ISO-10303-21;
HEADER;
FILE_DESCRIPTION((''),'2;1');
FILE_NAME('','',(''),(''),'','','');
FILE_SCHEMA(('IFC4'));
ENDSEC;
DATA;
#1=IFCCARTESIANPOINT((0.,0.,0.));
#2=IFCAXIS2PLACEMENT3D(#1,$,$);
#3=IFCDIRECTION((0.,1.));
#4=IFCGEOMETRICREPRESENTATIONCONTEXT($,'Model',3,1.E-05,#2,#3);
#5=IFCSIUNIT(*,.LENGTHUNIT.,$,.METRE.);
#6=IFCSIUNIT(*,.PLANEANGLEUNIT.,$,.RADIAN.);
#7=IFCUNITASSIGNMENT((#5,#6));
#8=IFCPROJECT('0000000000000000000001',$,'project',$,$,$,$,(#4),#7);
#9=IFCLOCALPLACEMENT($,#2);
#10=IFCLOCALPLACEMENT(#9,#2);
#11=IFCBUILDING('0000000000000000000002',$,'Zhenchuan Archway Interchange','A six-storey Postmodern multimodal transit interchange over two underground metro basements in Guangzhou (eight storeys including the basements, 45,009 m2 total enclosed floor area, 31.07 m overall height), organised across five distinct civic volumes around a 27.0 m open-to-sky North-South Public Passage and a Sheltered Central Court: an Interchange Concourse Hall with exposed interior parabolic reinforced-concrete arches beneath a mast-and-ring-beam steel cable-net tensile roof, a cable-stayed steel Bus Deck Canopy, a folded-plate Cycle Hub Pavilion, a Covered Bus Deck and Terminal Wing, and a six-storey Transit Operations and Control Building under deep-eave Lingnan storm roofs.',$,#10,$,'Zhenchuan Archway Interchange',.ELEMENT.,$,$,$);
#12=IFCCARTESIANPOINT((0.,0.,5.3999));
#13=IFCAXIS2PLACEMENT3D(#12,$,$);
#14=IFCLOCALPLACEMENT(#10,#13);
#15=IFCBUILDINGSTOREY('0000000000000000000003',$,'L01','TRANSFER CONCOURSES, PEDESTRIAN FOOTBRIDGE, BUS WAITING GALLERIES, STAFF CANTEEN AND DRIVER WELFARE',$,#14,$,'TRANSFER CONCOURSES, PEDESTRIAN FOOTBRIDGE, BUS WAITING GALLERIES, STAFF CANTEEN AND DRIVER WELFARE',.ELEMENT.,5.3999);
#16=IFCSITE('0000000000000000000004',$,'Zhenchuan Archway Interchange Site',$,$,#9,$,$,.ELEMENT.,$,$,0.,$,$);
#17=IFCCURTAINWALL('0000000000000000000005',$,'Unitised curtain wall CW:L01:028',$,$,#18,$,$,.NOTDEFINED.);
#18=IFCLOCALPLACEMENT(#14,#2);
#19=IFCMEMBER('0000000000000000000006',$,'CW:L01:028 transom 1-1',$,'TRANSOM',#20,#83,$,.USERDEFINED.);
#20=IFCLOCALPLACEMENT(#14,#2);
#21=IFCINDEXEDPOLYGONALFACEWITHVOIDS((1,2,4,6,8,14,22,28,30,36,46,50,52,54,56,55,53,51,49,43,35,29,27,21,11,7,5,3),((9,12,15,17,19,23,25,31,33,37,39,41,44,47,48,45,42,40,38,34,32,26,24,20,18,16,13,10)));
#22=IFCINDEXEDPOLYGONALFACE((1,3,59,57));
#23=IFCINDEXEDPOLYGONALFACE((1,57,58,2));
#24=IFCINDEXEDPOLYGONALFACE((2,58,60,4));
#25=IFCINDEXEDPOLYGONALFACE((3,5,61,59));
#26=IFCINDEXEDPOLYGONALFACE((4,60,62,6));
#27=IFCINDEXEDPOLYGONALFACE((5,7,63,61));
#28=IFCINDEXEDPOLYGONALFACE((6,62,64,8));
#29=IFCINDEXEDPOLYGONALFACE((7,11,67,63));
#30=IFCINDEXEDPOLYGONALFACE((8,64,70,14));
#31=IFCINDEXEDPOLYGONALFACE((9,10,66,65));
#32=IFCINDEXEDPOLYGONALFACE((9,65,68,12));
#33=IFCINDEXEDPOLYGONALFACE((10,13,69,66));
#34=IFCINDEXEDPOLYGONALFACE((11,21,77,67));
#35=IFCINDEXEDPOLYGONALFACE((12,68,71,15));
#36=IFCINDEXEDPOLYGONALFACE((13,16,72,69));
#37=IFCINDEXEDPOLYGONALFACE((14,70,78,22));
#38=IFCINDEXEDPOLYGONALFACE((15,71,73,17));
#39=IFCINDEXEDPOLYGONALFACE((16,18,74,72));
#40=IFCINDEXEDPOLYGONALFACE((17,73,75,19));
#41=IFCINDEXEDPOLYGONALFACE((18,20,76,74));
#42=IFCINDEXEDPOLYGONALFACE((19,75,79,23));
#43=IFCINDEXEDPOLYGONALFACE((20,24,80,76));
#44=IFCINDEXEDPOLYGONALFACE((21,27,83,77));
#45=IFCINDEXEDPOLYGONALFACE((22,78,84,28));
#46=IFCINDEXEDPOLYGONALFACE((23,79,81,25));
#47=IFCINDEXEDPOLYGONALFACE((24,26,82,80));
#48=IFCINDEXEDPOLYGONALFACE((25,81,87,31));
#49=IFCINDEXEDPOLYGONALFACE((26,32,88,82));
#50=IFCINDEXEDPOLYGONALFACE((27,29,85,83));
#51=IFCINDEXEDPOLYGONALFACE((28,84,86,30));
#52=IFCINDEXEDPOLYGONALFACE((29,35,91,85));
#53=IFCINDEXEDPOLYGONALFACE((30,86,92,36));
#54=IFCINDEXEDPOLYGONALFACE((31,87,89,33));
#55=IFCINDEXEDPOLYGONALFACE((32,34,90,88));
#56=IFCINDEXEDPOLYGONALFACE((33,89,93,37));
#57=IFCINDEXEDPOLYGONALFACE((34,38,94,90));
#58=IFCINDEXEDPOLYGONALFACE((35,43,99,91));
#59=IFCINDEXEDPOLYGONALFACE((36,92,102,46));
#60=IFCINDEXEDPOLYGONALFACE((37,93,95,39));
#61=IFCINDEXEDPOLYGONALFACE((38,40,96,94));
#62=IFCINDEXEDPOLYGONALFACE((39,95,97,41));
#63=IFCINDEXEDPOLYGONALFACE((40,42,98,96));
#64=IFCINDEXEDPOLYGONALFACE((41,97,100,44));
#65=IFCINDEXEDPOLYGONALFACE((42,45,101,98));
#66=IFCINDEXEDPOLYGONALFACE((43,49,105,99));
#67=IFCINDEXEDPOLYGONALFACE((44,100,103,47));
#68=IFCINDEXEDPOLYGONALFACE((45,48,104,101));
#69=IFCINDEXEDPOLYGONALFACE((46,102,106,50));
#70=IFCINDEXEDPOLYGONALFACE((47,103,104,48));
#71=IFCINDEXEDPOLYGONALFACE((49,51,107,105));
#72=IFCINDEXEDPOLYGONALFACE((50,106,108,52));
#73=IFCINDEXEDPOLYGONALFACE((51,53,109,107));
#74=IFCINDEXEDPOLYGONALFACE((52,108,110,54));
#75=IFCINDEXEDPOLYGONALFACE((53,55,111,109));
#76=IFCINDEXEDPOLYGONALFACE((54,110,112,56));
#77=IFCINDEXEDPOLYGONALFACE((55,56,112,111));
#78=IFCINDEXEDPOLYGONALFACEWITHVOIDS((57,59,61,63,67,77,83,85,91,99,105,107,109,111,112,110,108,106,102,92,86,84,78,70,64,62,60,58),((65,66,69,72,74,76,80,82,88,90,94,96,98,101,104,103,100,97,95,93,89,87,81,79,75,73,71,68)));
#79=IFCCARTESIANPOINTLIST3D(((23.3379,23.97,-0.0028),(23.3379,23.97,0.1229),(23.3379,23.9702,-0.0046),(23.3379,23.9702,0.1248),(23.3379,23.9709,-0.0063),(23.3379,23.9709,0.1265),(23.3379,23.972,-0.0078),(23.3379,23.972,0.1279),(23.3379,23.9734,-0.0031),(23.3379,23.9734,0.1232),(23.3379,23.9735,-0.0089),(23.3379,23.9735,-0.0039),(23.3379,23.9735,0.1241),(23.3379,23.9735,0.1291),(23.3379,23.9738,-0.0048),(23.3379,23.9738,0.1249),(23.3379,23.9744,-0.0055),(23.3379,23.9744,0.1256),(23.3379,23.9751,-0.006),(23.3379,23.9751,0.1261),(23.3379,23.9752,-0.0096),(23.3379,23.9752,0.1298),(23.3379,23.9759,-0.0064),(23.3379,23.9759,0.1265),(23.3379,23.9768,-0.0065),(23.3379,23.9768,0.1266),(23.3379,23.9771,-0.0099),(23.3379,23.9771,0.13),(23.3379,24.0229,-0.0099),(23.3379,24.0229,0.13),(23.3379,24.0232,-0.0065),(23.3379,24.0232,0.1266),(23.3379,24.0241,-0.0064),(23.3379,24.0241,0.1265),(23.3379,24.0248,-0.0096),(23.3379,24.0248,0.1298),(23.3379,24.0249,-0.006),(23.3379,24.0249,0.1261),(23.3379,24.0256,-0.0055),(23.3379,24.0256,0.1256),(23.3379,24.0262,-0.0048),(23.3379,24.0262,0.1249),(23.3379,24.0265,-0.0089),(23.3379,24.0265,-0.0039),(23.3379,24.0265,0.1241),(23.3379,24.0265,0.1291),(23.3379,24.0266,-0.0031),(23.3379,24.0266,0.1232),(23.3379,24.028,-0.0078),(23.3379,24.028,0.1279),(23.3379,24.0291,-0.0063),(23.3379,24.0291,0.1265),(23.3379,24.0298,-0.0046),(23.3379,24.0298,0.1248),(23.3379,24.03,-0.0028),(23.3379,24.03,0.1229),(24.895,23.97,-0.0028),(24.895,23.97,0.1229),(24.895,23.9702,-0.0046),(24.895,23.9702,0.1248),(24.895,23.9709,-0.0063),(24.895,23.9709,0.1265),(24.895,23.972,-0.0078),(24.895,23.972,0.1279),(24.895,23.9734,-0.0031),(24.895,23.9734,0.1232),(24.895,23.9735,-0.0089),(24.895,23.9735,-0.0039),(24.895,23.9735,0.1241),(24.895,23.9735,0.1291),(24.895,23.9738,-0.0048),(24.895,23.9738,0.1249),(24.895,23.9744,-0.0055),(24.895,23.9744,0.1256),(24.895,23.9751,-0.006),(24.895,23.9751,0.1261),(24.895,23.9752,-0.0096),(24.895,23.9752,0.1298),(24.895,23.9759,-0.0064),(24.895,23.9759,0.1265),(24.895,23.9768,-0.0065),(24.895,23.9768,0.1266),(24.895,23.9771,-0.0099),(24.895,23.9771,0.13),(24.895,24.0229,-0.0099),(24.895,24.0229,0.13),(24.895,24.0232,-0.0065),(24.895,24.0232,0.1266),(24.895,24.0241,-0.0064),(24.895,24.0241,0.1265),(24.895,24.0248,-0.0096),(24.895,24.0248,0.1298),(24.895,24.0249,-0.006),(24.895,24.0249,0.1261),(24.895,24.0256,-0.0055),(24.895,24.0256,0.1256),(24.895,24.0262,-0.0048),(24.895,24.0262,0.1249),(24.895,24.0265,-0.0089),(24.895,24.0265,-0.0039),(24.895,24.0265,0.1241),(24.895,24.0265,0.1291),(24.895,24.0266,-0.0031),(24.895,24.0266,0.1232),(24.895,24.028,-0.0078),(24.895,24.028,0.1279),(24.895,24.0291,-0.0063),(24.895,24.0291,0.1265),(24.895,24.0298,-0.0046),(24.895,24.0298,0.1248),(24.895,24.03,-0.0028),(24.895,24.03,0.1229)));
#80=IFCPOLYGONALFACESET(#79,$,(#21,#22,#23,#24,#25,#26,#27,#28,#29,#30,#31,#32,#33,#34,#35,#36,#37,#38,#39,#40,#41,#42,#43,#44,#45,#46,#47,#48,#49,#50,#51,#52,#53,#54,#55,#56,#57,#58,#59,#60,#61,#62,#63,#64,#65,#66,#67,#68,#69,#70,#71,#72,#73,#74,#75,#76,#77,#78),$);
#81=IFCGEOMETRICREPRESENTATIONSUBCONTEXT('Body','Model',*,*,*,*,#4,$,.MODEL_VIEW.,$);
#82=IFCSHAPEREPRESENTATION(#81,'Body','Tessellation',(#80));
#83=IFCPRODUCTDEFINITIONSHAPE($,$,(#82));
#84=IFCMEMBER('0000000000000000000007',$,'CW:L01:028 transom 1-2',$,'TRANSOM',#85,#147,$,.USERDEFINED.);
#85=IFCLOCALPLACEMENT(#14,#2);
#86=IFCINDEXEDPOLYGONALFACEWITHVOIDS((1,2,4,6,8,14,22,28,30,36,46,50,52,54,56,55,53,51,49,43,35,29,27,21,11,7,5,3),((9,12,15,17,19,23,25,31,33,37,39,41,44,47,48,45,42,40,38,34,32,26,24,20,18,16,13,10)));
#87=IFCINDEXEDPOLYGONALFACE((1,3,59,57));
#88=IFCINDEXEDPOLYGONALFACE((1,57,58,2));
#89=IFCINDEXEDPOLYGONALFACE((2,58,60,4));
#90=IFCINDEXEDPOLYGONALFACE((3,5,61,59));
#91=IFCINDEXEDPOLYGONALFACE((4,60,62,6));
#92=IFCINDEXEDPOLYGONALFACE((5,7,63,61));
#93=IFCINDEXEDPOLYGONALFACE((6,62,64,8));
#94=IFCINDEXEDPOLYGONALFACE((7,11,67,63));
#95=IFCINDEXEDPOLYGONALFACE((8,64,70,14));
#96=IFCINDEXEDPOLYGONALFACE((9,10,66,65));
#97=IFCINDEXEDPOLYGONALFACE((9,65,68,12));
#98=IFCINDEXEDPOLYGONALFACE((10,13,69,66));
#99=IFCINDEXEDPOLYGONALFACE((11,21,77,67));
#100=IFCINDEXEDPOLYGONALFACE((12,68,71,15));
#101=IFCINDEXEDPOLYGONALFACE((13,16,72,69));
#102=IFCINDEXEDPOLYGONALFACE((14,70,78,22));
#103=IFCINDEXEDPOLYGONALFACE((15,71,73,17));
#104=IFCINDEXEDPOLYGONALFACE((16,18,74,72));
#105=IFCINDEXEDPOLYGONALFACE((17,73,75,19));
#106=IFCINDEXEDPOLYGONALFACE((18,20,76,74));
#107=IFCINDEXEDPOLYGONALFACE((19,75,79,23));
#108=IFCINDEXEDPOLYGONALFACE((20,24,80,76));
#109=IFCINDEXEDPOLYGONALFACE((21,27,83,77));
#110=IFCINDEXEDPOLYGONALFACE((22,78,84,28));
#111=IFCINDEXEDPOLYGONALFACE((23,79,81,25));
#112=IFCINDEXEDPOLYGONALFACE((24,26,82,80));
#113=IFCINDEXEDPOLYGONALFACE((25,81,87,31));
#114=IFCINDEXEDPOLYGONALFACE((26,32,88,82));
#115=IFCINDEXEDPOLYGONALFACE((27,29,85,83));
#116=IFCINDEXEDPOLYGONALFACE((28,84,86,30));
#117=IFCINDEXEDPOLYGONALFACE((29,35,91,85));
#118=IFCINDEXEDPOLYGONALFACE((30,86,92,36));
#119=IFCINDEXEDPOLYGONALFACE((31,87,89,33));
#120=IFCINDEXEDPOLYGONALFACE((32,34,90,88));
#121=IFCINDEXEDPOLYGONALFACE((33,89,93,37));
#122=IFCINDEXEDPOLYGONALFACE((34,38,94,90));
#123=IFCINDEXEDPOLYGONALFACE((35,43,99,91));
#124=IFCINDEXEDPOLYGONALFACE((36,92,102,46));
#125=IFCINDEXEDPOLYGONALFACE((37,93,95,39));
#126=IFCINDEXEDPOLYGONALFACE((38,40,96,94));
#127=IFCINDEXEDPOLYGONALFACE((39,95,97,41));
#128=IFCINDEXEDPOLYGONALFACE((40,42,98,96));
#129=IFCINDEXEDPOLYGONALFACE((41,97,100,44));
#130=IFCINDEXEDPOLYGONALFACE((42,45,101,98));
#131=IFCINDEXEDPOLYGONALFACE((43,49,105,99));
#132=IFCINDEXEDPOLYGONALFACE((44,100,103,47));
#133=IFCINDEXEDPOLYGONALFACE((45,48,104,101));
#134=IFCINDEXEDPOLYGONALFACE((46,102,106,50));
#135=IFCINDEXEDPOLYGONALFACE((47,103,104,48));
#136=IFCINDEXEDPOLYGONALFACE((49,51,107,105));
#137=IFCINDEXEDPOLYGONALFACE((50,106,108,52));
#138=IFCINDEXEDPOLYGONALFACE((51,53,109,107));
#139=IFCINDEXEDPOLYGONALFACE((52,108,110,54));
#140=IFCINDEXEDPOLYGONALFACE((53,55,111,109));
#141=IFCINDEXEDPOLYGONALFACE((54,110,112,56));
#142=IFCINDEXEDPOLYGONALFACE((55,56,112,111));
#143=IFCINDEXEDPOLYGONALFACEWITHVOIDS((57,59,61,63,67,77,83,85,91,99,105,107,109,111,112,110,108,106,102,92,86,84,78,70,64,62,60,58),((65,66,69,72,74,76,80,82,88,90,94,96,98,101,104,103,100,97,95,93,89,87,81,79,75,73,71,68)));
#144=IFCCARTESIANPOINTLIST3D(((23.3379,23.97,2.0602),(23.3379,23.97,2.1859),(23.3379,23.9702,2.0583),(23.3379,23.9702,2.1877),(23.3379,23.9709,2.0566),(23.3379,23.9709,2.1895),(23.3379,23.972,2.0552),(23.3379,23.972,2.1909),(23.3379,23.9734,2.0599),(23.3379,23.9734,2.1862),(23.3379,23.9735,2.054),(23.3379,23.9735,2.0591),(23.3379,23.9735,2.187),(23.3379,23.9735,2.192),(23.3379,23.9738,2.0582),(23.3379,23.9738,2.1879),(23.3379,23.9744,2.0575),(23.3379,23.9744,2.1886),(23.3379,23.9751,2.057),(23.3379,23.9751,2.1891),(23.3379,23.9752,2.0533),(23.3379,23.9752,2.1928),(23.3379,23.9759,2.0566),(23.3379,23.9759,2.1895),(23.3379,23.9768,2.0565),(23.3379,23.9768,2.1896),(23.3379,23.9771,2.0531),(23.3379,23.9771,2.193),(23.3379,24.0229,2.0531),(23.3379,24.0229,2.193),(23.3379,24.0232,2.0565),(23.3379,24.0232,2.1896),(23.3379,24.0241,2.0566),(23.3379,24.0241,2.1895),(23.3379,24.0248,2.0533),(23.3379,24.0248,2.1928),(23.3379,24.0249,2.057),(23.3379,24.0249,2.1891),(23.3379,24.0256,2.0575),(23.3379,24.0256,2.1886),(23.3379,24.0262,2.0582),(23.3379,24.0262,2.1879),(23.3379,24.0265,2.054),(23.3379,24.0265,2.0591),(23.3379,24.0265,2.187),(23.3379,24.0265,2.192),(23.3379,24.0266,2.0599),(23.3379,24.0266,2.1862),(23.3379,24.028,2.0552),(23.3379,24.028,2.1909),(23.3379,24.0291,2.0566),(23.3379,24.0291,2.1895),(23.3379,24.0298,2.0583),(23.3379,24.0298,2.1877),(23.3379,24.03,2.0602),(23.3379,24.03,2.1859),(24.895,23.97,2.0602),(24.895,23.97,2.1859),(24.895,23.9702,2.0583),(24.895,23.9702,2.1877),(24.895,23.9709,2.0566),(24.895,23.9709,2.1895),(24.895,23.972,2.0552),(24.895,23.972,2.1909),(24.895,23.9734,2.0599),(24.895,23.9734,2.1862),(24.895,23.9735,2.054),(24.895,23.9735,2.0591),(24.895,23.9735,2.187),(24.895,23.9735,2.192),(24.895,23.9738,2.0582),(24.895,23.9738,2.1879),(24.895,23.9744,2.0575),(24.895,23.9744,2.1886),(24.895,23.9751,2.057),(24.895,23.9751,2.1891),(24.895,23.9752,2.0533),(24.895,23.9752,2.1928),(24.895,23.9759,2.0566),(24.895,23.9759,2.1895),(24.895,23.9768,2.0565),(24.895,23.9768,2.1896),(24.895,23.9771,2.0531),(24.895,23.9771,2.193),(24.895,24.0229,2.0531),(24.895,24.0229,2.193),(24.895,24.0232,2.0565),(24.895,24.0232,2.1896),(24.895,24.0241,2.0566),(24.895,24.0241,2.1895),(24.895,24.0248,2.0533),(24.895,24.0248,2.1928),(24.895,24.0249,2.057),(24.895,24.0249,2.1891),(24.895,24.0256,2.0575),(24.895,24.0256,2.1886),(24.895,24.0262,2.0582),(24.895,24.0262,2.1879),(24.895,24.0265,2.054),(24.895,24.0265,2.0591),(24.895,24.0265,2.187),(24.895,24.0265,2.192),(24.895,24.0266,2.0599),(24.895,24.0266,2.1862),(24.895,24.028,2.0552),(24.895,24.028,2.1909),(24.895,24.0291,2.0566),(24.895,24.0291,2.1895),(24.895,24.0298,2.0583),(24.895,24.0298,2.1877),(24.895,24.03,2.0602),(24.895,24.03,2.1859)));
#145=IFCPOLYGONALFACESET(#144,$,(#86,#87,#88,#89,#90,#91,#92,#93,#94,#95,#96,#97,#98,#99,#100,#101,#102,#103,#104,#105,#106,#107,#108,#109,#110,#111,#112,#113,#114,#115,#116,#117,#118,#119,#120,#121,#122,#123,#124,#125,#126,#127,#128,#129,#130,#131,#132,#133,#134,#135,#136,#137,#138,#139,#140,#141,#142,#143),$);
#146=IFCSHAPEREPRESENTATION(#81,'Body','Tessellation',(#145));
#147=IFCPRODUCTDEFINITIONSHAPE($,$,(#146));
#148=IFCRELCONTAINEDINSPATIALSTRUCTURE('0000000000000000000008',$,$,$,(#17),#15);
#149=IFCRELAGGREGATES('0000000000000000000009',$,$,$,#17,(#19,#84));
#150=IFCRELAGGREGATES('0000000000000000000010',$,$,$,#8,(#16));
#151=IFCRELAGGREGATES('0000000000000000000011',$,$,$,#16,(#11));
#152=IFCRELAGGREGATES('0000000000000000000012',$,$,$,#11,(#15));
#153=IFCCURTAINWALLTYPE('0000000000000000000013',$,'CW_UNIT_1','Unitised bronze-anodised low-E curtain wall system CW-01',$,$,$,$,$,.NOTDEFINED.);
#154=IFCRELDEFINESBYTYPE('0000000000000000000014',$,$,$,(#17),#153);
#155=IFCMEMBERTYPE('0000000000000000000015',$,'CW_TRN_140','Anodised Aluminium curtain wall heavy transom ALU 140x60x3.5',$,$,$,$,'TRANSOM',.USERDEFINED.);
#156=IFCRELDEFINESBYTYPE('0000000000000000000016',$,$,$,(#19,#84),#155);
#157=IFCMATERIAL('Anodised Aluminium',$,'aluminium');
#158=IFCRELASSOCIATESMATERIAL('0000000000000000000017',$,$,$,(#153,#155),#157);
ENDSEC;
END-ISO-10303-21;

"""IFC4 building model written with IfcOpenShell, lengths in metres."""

from ifc_helpers import new_model, si_unit, direction, frame, origin, origin_2d, place, context, subcontext, project, spatial, hollow_rectangle, extrude, material, material_profile, profile_set, type_object, element, aggregate, save


model = new_model("IFC4")

# Units and contexts
model_context = context("Model", 3, precision=1e-05, world=origin(), true_north=direction((0.0, 1.0)))
body_context = subcontext(model_context, "Body", "Model", "MODEL_VIEW")
ifc_project = project(units=[si_unit("LENGTHUNIT", "METRE"), si_unit("PLANEANGLEUNIT", "RADIAN")], contexts=[model_context])

# Site, building, storey
site_placement = place(None, origin())
site = spatial("IfcSite", under=ifc_project, at=site_placement, Name="Zhenchuan Archway Interchange Site", CompositionType="ELEMENT", RefElevation=0.0)
building_placement = place(site_placement, origin())
building = spatial("IfcBuilding", under=site, at=building_placement, Name="Zhenchuan Archway Interchange", Description="A six-storey Postmodern multimodal transit interchange over two underground metro basements in Guangzhou (eight storeys including the basements, 45,009 m2 total enclosed floor area, 31.07 m overall height), organised across five distinct civic volumes around a 27.0 m open-to-sky North-South Public Passage and a Sheltered Central Court: an Interchange Concourse Hall with exposed interior parabolic reinforced-concrete arches beneath a mast-and-ring-beam steel cable-net tensile roof, a cable-stayed steel Bus Deck Canopy, a folded-plate Cycle Hub Pavilion, a Covered Bus Deck and Terminal Wing, and a six-storey Transit Operations and Control Building under deep-eave Lingnan storm roofs.", LongName="Zhenchuan Archway Interchange", CompositionType="ELEMENT")
storey_placement = place(building_placement, frame((0.0, 0.0, 5.3999)))
storey = spatial("IfcBuildingStorey", under=building, at=storey_placement, Name="L01", Description="TRANSFER CONCOURSES, PEDESTRIAN FOOTBRIDGE, BUS WAITING GALLERIES, STAFF CANTEEN AND DRIVER WELFARE", LongName="TRANSFER CONCOURSES, PEDESTRIAN FOOTBRIDGE, BUS WAITING GALLERIES, STAFF CANTEEN AND DRIVER WELFARE", CompositionType="ELEMENT", Elevation=5.3999)

# Shared definitions
ifc_material_1 = material(Name="Anodised Aluminium", Category="aluminium")

# Curtain wall
curtain_wall_type_1 = type_object("IfcCurtainWallType", Name="CW_UNIT_1", Description="Unitised bronze-anodised low-E curtain wall system CW-01", PredefinedType="NOTDEFINED", material=ifc_material_1)
curtain_wall_1_placement = place(storey_placement, origin())
curtain_wall_1 = element("IfcCurtainWall", 1, at=curtain_wall_1_placement, inside=storey, type_object=curtain_wall_type_1, Name="Unitised curtain wall CW:L01:028", PredefinedType="NOTDEFINED")

# Members
ifc_material_profile_1 = material_profile(ifc_material_1, hollow_rectangle(XDim=0.0601, YDim=0.1399, WallThickness=0.0034, InnerFilletRadius=0.0034, OuterFilletRadius=0.0071, at=origin_2d()), Name="ALU 140x60x3.5")
ifc_profile_set_1 = profile_set([ifc_material_profile_1], Name="Anodised Aluminium")
member_type_1 = type_object("IfcMemberType", Name="CW_TRN_140", Description="Anodised Aluminium curtain wall heavy transom ALU 140x60x3.5", ElementType="TRANSOM", PredefinedType="USERDEFINED", material=ifc_profile_set_1)
member_1_placement = place(storey_placement, frame((24.895, 24.0, 0.0601), z_axis=(-1.0, 0.0, 0.0), x_axis=(0.0, -1.0, 0.0)))
member_1 = element("IfcMember", 2, at=member_1_placement, type_object=member_type_1, Name="CW:L01:028 transom 1-1", ObjectType="TRANSOM", PredefinedType="USERDEFINED", context=body_context, shape_type="SweptSolid", body=[
    extrude(hollow_rectangle(XDim=0.0601, YDim=0.1399, WallThickness=0.0034, InnerFilletRadius=0.0034, OuterFilletRadius=0.0071, at=origin_2d()), origin(), (0.0, 0.0, 1.0), 1.5571),
])
member_2_placement = place(storey_placement, frame((24.895, 24.0, 2.123), z_axis=(-1.0, 0.0, 0.0), x_axis=(0.0, -1.0, 0.0)))
member_2 = element("IfcMember", 3, at=member_2_placement, type_object=member_type_1, Name="CW:L01:028 transom 1-2", ObjectType="TRANSOM", PredefinedType="USERDEFINED", context=body_context, shape_type="SweptSolid", body=[
    extrude(hollow_rectangle(XDim=0.0601, YDim=0.1399, WallThickness=0.0034, InnerFilletRadius=0.0034, OuterFilletRadius=0.0071, at=origin_2d()), origin(), (0.0, 0.0, 1.0), 1.5571),
])

aggregate(curtain_wall_1, [member_1, member_2])

save(model, "model.ifc")
